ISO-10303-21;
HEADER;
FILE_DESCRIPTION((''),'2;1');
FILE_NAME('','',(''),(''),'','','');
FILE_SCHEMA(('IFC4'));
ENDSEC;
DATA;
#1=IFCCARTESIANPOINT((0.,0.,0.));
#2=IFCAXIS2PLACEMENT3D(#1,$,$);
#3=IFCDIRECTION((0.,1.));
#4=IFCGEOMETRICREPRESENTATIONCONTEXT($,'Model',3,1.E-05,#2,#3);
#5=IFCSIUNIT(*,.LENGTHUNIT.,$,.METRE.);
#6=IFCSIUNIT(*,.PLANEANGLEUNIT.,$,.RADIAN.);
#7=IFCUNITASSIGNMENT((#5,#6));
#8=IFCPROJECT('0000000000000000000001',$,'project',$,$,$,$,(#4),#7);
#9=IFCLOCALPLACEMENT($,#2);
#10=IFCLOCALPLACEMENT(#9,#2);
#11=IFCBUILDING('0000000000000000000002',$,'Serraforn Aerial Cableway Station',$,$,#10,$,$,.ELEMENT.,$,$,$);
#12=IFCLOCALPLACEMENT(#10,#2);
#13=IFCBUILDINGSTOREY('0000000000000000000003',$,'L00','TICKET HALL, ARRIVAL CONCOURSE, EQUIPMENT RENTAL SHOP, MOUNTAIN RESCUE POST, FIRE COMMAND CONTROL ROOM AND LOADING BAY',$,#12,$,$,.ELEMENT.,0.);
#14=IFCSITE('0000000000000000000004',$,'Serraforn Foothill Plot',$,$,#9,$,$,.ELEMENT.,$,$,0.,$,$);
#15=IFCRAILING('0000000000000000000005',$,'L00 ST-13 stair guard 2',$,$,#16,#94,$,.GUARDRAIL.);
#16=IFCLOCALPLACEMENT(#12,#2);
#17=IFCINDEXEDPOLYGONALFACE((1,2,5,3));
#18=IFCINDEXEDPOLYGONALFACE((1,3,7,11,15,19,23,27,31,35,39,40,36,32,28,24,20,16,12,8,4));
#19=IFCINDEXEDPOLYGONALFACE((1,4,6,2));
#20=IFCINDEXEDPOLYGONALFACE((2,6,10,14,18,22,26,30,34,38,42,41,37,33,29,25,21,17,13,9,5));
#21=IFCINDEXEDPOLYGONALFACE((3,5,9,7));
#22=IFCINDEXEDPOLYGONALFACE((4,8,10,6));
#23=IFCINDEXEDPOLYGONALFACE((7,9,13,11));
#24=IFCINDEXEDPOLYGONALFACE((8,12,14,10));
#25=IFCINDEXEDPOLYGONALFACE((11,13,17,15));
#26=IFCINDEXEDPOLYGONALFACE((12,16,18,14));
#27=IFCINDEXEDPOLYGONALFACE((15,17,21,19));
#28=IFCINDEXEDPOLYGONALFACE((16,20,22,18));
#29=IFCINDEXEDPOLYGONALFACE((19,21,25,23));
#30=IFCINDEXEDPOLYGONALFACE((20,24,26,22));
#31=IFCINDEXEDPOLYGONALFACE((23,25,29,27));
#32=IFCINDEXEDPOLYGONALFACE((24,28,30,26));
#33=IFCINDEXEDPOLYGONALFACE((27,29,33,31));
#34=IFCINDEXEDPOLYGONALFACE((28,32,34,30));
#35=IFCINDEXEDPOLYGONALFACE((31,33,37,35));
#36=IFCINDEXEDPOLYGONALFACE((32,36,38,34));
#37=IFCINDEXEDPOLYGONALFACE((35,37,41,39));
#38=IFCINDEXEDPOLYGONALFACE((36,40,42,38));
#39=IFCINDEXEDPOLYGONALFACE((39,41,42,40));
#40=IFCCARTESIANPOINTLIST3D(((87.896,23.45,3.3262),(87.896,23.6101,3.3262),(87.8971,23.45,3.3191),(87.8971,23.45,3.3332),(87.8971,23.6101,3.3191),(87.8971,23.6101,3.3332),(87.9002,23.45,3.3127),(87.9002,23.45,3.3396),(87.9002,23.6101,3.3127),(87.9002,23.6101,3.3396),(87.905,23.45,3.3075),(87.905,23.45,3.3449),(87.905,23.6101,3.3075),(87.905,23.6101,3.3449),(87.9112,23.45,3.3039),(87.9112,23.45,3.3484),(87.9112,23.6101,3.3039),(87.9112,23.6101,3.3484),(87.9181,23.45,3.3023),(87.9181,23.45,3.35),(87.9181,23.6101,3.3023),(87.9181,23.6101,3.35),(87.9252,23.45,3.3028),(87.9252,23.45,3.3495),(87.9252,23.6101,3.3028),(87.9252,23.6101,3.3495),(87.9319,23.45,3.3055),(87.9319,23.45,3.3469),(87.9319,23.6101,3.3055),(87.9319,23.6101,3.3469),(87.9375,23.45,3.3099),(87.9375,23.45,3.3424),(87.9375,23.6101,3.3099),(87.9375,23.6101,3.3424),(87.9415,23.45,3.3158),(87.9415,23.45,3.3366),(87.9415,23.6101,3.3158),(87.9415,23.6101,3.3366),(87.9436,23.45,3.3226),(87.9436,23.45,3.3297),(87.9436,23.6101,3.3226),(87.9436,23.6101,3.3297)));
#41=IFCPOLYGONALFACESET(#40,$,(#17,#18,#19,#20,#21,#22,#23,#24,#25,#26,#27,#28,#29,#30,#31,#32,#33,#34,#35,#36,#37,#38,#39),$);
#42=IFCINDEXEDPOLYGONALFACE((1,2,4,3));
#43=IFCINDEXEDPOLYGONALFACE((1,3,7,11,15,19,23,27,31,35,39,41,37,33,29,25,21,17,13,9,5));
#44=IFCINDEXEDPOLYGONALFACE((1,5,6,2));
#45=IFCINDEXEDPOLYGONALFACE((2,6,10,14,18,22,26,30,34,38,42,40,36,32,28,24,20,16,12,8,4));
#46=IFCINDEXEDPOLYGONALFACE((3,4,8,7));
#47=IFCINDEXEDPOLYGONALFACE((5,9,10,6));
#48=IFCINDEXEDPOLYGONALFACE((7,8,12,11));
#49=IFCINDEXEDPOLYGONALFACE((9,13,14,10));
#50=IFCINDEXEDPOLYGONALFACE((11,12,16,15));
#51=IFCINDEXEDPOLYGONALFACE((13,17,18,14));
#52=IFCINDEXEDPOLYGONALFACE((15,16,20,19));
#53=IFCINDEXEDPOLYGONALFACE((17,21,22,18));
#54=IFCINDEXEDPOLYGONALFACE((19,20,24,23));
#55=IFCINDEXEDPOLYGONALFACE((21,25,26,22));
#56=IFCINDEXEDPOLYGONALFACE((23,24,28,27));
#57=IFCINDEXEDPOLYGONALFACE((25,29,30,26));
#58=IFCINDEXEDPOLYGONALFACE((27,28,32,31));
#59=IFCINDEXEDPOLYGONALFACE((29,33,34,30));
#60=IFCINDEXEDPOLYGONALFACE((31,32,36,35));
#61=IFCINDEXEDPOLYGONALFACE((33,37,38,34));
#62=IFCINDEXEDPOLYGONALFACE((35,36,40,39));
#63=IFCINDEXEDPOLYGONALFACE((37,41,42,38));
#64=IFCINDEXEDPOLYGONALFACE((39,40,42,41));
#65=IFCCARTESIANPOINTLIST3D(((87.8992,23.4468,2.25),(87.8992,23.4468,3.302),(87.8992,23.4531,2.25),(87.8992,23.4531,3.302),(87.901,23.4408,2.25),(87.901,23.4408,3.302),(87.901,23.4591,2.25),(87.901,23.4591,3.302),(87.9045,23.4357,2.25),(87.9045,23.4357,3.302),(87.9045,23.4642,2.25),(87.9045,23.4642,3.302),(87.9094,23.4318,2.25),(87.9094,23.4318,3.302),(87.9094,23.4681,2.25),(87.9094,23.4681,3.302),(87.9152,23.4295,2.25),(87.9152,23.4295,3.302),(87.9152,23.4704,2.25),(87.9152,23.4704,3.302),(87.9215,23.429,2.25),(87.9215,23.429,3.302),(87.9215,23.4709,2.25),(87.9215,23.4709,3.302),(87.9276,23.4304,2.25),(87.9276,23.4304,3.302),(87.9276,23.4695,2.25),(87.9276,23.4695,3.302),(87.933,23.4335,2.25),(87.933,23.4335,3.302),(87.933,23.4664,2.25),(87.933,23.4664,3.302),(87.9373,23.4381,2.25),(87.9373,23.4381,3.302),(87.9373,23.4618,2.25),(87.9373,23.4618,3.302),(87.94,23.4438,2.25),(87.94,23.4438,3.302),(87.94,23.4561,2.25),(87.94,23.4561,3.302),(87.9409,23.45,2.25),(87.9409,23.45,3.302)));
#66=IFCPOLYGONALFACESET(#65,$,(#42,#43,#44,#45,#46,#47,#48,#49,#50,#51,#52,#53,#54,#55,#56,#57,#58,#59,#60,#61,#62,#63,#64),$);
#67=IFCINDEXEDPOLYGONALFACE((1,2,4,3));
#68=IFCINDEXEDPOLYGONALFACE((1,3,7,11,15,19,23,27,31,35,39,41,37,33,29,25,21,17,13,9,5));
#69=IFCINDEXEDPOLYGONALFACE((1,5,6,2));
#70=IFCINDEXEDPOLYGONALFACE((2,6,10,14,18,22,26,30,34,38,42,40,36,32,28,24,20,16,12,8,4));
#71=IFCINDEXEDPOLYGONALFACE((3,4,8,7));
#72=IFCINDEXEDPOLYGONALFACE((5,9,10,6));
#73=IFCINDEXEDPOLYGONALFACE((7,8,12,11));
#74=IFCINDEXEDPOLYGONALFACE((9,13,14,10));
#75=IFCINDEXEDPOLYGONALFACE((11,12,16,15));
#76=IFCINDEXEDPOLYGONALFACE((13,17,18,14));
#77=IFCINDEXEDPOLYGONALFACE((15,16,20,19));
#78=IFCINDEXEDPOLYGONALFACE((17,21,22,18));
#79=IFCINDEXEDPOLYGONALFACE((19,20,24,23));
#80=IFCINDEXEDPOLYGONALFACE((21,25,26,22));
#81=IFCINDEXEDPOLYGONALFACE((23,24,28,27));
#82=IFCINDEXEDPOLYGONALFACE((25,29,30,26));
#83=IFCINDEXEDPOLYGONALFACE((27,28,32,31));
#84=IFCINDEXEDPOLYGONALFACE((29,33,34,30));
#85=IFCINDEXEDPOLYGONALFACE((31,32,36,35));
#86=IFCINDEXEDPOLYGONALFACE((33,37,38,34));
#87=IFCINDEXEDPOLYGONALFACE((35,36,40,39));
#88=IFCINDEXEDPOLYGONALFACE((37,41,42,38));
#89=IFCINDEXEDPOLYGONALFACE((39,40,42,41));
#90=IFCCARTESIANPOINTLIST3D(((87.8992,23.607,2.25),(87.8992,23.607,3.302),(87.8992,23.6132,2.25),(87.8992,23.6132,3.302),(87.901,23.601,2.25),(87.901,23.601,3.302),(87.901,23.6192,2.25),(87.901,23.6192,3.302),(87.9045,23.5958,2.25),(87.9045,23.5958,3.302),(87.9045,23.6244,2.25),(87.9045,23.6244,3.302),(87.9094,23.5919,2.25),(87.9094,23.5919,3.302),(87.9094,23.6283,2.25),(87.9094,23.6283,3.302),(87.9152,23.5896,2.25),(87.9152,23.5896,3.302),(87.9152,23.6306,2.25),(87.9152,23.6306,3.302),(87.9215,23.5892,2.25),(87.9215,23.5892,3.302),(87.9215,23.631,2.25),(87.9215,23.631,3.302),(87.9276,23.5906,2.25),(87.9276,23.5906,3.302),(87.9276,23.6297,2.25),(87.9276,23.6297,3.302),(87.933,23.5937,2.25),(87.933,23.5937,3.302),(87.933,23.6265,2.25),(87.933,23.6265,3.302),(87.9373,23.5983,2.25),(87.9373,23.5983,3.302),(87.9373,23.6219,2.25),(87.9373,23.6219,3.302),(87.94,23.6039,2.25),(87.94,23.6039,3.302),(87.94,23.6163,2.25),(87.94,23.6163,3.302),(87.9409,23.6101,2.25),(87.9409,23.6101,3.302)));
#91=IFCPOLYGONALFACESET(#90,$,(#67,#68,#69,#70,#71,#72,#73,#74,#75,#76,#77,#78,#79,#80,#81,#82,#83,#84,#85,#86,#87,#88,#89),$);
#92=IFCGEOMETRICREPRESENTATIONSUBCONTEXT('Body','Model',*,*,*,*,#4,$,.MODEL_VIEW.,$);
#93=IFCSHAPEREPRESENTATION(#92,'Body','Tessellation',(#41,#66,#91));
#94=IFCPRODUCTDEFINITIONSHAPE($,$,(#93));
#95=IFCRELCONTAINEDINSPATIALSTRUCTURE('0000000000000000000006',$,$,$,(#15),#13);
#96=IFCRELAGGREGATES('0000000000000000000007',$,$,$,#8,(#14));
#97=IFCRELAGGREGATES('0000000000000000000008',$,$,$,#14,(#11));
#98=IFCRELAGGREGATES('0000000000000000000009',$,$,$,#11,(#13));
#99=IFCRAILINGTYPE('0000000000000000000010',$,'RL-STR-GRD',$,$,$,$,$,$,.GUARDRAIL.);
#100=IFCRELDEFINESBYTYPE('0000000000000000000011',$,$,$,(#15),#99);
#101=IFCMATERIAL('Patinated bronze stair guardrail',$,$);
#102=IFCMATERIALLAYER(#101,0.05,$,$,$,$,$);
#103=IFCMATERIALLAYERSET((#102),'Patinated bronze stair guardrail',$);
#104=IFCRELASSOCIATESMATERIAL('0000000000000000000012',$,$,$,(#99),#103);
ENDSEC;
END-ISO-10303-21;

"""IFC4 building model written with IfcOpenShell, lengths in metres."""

from ifc_helpers import new_model, si_unit, direction, frame, origin, origin_2d, place, context, subcontext, project, spatial, circle, extrude, material, layer, layer_set, type_object, element, save


model = new_model("IFC4")

# Units and contexts
model_context = context("Model", 3, precision=1e-05, world=origin(), true_north=direction((0.0, 1.0)))
body_context = subcontext(model_context, "Body", "Model", "MODEL_VIEW")
ifc_project = project(units=[si_unit("LENGTHUNIT", "METRE"), si_unit("PLANEANGLEUNIT", "RADIAN")], contexts=[model_context])

# Site, building, storey
site_placement = place(None, origin())
site = spatial("IfcSite", under=ifc_project, at=site_placement, Name="Serraforn Foothill Plot", CompositionType="ELEMENT", RefElevation=0.0)
building_placement = place(site_placement, origin())
building = spatial("IfcBuilding", under=site, at=building_placement, Name="Serraforn Aerial Cableway Station", CompositionType="ELEMENT")
storey_placement = place(building_placement, origin())
storey = spatial("IfcBuildingStorey", under=building, at=storey_placement, Name="L00", Description="TICKET HALL, ARRIVAL CONCOURSE, EQUIPMENT RENTAL SHOP, MOUNTAIN RESCUE POST, FIRE COMMAND CONTROL ROOM AND LOADING BAY", CompositionType="ELEMENT", Elevation=0.0)

# Railing
ifc_material_1 = material(Name="Patinated bronze stair guardrail")
ifc_layer_1 = layer(ifc_material_1, 0.05)
ifc_layer_set_1 = layer_set([ifc_layer_1], Name="Patinated bronze stair guardrail")
railing_type_1 = type_object("IfcRailingType", Name="RL-STR-GRD", PredefinedType="GUARDRAIL", material=ifc_layer_set_1)
railing_1_placement = place(storey_placement, frame((87.9199, 23.45, 2.25)))
element("IfcRailing", 1, at=railing_1_placement, inside=storey, type_object=railing_type_1, Name="L00 ST-13 stair guard 2", PredefinedType="GUARDRAIL", context=body_context, shape_type="SweptSolid", body=[
    extrude(circle(Radius=0.0239, at=origin_2d()), frame((0.0, 0.0, 1.0762), z_axis=(0.0, 1.0, 0.0), x_axis=(-1.0, 0.0, 0.0)), (0.0, 0.0, 1.0), 0.1602),
    extrude(circle(Radius=0.021, at=origin_2d()), origin(), (0.0, 0.0, 1.0), 1.052),
    extrude(circle(Radius=0.021, at=origin_2d()), frame((0.0, 0.1602, 0.0)), (0.0, 0.0, 1.0), 1.052),
])

save(model, "model.ifc")
